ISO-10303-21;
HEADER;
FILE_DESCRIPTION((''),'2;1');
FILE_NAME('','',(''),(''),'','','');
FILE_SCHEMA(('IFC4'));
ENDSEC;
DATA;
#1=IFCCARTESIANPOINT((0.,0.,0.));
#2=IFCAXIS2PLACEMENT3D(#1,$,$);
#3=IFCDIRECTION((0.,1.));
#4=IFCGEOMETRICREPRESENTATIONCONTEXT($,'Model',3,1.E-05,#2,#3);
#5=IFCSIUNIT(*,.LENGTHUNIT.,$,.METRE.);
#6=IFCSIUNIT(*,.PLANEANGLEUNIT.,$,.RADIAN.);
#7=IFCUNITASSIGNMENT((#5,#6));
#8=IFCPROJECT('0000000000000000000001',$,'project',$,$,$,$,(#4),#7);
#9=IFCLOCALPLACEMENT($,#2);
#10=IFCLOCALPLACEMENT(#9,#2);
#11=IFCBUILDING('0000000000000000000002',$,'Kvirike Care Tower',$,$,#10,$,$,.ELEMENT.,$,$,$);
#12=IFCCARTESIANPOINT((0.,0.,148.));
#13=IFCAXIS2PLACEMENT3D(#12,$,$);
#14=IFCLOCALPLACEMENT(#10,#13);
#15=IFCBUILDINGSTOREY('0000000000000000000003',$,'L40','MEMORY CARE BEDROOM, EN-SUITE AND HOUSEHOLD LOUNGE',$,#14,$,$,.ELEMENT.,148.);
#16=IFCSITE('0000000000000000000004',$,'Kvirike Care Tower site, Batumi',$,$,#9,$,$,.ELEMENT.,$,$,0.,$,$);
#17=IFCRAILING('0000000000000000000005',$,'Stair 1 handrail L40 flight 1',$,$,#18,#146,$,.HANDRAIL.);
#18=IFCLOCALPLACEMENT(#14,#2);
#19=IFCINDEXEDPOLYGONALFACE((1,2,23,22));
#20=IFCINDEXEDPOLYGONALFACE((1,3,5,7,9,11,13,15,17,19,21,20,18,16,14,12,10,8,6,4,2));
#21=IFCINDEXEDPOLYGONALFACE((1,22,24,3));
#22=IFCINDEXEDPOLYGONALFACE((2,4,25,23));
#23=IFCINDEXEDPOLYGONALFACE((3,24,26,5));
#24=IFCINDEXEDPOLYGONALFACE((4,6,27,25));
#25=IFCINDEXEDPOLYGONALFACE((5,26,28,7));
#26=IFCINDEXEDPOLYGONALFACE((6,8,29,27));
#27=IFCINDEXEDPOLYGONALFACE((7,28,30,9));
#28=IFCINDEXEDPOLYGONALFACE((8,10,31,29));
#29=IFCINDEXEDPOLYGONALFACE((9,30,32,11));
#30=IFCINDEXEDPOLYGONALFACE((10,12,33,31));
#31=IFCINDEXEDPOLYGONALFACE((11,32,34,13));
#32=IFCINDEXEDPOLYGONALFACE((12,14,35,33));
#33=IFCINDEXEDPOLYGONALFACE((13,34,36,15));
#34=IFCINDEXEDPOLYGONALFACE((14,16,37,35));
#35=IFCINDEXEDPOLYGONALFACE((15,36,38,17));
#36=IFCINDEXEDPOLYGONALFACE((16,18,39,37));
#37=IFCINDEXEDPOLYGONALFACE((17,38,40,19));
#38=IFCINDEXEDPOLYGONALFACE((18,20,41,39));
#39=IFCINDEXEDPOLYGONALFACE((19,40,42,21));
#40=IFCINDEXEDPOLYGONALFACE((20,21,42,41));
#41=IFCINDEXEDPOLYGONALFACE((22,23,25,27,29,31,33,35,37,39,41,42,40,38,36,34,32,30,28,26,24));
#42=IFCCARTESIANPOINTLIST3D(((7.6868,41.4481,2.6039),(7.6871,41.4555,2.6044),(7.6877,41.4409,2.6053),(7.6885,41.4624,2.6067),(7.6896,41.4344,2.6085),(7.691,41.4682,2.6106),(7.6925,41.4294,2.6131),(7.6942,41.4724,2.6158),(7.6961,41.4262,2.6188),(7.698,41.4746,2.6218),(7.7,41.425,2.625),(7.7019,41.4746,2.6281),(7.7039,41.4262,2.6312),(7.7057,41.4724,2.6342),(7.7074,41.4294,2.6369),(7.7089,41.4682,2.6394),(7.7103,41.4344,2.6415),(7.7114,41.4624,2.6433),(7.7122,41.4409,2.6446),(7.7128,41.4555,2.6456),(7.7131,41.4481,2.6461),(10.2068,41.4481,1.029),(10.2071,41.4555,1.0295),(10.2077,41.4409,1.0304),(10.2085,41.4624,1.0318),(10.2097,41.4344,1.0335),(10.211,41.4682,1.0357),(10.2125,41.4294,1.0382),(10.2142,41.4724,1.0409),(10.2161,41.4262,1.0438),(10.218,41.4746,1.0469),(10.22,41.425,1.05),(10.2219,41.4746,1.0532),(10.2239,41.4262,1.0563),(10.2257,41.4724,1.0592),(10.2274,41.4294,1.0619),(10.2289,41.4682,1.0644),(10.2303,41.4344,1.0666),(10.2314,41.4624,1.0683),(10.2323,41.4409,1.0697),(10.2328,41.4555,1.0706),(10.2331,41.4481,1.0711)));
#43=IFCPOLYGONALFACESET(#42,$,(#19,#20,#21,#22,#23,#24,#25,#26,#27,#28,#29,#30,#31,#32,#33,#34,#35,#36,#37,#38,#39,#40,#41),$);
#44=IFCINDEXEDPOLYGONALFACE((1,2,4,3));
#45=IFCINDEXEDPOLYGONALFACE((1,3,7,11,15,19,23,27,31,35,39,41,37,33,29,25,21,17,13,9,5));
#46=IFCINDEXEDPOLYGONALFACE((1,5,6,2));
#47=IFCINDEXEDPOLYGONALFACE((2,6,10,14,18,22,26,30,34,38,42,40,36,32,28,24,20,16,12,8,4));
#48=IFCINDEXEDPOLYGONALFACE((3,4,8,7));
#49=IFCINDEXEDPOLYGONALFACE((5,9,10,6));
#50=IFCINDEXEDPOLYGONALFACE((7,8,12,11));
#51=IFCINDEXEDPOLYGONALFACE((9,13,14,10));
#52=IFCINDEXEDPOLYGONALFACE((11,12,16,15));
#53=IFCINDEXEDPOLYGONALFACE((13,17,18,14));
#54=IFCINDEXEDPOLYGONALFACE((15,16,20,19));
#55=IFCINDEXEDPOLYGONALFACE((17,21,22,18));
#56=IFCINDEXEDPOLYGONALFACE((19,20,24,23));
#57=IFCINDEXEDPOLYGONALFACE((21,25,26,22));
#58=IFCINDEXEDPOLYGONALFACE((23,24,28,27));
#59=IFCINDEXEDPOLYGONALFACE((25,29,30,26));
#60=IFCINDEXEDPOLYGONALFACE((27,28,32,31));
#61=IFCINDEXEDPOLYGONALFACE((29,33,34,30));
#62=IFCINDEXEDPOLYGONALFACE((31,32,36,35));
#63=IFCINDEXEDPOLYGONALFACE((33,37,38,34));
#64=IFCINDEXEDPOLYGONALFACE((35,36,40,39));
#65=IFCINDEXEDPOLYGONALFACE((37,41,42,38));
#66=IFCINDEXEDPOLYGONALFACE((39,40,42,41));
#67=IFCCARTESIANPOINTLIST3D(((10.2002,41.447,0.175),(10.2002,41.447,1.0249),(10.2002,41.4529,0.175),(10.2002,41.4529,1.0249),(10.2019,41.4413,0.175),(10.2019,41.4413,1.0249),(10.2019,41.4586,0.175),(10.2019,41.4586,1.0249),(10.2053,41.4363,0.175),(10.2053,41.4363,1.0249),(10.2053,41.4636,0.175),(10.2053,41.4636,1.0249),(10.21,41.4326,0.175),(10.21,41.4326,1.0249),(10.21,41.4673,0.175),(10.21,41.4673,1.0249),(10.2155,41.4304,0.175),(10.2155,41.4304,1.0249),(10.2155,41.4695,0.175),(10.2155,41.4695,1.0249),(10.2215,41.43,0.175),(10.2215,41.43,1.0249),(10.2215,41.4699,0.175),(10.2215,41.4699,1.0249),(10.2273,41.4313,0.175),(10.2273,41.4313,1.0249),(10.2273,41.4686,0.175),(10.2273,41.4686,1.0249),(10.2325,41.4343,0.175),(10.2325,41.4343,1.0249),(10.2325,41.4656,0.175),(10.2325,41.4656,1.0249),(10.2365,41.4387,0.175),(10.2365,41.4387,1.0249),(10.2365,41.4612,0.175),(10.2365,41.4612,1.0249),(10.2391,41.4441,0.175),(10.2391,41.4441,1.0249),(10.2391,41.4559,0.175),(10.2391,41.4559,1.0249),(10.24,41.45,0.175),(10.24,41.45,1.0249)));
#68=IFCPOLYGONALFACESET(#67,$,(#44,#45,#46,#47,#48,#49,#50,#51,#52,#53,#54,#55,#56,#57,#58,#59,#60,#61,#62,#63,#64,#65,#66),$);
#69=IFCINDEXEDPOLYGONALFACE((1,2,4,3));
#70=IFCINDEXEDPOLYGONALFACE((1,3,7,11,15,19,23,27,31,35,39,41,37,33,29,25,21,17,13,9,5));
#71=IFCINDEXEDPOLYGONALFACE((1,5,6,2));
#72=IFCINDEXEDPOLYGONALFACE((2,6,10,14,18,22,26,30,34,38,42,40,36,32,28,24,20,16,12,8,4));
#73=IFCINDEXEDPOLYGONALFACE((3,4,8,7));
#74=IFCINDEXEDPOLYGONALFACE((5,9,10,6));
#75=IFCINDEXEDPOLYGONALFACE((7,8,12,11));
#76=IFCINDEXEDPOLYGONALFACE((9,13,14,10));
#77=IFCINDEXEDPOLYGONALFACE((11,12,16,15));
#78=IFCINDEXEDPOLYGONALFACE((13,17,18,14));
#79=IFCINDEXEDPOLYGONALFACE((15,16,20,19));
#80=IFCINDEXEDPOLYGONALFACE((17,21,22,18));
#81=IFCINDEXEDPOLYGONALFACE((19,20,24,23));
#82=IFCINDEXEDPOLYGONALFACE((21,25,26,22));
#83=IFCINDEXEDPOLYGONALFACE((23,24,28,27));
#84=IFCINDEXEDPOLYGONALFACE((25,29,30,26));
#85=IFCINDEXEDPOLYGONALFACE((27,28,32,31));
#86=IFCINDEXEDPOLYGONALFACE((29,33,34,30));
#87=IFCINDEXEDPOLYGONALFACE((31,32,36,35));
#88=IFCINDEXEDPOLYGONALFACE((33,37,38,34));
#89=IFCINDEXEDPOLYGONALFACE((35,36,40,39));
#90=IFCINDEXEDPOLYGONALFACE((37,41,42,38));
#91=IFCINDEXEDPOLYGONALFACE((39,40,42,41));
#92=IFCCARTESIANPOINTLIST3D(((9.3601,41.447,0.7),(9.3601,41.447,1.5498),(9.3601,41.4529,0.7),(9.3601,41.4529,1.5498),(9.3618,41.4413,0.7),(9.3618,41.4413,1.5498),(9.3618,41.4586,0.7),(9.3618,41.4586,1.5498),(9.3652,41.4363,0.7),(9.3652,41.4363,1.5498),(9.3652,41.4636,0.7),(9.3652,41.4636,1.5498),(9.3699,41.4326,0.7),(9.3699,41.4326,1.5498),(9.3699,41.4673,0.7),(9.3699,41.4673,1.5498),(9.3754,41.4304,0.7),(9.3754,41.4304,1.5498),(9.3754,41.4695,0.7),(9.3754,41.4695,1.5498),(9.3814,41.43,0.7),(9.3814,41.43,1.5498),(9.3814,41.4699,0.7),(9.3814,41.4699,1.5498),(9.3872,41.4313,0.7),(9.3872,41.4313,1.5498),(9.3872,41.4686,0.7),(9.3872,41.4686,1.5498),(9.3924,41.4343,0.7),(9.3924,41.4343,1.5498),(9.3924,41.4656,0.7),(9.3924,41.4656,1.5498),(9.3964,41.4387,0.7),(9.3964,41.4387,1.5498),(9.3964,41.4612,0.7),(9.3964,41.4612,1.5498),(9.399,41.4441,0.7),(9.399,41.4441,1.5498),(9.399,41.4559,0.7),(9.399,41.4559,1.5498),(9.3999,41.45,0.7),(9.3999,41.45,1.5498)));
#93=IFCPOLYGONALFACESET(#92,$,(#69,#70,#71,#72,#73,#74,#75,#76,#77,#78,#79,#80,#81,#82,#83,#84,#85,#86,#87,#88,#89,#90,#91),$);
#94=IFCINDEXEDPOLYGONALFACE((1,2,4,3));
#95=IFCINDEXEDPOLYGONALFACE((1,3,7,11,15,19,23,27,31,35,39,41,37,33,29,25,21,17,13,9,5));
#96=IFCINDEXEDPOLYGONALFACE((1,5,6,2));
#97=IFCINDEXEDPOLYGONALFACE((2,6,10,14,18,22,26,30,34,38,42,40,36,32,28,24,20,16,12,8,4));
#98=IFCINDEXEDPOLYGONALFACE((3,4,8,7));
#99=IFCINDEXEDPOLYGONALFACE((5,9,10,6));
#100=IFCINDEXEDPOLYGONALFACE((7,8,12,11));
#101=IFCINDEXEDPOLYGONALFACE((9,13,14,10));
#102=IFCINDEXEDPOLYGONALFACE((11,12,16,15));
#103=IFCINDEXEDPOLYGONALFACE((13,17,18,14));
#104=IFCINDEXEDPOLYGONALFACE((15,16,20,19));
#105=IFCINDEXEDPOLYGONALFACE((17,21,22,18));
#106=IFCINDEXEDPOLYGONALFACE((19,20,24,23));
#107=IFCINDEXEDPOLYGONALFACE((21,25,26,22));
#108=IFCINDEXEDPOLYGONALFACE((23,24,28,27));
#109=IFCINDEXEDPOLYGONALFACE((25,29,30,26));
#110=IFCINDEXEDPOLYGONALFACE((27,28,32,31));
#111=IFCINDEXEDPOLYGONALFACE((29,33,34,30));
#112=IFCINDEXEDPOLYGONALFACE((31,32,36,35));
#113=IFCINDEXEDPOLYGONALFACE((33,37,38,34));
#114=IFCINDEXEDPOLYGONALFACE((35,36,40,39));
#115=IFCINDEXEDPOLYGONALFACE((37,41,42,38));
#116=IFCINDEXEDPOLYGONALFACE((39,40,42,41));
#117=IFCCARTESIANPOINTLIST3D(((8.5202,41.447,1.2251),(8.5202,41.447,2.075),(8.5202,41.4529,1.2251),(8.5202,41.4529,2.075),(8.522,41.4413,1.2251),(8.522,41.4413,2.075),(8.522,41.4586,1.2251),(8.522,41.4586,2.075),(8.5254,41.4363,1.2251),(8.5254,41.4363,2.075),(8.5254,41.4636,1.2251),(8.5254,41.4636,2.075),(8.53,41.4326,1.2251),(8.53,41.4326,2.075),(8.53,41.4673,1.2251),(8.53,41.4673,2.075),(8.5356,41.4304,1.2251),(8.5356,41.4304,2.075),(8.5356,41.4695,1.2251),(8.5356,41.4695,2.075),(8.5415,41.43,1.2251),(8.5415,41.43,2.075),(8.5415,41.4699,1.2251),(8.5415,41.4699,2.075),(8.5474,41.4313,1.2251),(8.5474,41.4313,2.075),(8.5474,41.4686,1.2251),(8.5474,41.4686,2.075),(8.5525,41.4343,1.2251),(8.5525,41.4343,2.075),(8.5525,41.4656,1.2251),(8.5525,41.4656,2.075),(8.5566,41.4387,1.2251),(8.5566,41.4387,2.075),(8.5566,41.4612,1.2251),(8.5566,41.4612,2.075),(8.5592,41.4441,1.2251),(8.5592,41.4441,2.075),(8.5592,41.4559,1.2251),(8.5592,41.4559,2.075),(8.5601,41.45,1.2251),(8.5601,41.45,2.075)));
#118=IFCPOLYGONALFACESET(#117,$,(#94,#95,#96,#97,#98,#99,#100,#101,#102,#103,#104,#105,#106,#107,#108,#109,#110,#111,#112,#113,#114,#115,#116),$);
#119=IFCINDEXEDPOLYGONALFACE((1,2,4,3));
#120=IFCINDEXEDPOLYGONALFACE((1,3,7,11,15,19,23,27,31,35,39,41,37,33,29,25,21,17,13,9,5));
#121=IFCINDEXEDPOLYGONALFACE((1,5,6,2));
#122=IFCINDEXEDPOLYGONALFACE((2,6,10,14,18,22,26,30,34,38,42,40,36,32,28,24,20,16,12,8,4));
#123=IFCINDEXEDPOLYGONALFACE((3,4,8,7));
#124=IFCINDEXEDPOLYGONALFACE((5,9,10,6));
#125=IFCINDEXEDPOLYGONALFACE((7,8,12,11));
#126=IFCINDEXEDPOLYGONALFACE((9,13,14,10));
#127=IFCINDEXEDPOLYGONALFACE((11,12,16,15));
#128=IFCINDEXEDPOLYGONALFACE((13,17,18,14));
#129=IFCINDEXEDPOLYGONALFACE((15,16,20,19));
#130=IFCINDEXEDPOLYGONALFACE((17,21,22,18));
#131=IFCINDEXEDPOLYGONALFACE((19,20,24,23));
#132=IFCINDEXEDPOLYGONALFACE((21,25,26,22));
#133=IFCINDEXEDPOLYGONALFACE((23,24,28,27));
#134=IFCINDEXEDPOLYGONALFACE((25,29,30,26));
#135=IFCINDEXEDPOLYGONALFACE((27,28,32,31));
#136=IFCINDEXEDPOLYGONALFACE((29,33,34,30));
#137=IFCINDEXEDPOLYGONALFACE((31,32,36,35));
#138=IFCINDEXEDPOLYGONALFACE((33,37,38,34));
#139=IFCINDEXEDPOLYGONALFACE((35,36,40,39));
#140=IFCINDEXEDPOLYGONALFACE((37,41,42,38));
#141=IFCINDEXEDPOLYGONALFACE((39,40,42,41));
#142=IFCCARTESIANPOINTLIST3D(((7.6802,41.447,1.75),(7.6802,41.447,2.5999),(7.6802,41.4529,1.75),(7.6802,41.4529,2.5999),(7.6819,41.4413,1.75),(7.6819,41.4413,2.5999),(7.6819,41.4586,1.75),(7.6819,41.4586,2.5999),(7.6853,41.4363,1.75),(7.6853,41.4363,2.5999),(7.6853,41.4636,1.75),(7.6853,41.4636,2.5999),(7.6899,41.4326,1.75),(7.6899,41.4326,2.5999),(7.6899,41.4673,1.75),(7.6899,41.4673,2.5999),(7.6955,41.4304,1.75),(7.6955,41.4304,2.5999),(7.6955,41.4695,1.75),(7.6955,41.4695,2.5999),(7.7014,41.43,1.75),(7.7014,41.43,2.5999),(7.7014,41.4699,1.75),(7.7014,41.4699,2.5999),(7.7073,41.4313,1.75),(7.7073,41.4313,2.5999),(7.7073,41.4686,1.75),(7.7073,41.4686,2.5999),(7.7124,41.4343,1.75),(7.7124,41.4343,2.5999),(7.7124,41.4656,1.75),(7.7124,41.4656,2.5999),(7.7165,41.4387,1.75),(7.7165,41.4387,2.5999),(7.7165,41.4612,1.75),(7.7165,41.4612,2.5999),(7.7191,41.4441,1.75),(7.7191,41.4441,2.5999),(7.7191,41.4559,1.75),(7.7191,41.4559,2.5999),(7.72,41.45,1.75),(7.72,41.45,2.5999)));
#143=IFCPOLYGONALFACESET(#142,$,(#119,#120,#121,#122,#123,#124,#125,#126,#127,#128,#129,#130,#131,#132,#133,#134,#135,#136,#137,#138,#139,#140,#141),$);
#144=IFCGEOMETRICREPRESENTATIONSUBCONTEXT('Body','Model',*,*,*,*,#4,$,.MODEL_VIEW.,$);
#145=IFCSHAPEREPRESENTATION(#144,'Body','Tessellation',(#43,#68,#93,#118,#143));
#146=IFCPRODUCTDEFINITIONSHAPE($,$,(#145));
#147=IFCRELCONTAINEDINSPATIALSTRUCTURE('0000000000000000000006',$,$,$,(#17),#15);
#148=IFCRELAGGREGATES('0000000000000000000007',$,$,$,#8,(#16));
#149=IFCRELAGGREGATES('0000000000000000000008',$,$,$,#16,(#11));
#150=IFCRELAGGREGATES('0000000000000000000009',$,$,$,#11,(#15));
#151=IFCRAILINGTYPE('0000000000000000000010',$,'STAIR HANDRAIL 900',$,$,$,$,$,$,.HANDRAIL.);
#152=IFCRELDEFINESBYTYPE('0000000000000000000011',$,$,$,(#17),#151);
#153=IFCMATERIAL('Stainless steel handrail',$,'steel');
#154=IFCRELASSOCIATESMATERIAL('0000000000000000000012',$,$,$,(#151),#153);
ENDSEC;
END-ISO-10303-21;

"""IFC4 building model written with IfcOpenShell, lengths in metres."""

from ifc_helpers import new_model, si_unit, direction, frame, origin, origin_2d, place, context, subcontext, project, spatial, circle, extrude, material, type_object, element, save


model = new_model("IFC4")

# Units and contexts
model_context = context("Model", 3, precision=1e-05, world=origin(), true_north=direction((0.0, 1.0)))
body_context = subcontext(model_context, "Body", "Model", "MODEL_VIEW")
ifc_project = project(units=[si_unit("LENGTHUNIT", "METRE"), si_unit("PLANEANGLEUNIT", "RADIAN")], contexts=[model_context])

# Site, building, storey
site_placement = place(None, origin())
site = spatial("IfcSite", under=ifc_project, at=site_placement, Name="Kvirike Care Tower site, Batumi", CompositionType="ELEMENT", RefElevation=0.0)
building_placement = place(site_placement, origin())
building = spatial("IfcBuilding", under=site, at=building_placement, Name="Kvirike Care Tower", CompositionType="ELEMENT")
storey_placement = place(building_placement, frame((0.0, 0.0, 148.0)))
storey = spatial("IfcBuildingStorey", under=building, at=storey_placement, Name="L40", Description="MEMORY CARE BEDROOM, EN-SUITE AND HOUSEHOLD LOUNGE", CompositionType="ELEMENT", Elevation=148.0)

# Railing
ifc_material_1 = material(Name="Stainless steel handrail", Category="steel")
railing_type = type_object("IfcRailingType", Name="STAIR HANDRAIL 900", PredefinedType="HANDRAIL", material=ifc_material_1)
railing_placement = place(storey_placement, frame((10.22, 41.45, 0.175)))
element("IfcRailing", 1, at=railing_placement, inside=storey, type_object=railing_type, Name="Stair 1 handrail L40 flight 1", PredefinedType="HANDRAIL", context=body_context, shape_type="SweptSolid", body=[
    extrude(circle(Radius=0.0249, at=origin_2d()), frame((0.0, 0.0, 0.875), z_axis=(-0.848008, 0.0, 0.529984), x_axis=(0.0, -1.0, 0.0)), (0.0, 0.0, 1.0), 2.9717),
    extrude(circle(Radius=0.02, at=origin_2d()), origin(), (0.0, 0.0, 1.0), 0.8499),
    extrude(circle(Radius=0.02, at=origin_2d()), frame((-0.8401, 0.0, 0.5249)), (0.0, 0.0, 1.0), 0.8499),
    extrude(circle(Radius=0.02, at=origin_2d()), frame((-1.6799, 0.0, 1.05)), (0.0, 0.0, 1.0), 0.8499),
    extrude(circle(Radius=0.02, at=origin_2d()), frame((-2.52, 0.0, 1.575)), (0.0, 0.0, 1.0), 0.8499),
])

save(model, "model.ifc")
